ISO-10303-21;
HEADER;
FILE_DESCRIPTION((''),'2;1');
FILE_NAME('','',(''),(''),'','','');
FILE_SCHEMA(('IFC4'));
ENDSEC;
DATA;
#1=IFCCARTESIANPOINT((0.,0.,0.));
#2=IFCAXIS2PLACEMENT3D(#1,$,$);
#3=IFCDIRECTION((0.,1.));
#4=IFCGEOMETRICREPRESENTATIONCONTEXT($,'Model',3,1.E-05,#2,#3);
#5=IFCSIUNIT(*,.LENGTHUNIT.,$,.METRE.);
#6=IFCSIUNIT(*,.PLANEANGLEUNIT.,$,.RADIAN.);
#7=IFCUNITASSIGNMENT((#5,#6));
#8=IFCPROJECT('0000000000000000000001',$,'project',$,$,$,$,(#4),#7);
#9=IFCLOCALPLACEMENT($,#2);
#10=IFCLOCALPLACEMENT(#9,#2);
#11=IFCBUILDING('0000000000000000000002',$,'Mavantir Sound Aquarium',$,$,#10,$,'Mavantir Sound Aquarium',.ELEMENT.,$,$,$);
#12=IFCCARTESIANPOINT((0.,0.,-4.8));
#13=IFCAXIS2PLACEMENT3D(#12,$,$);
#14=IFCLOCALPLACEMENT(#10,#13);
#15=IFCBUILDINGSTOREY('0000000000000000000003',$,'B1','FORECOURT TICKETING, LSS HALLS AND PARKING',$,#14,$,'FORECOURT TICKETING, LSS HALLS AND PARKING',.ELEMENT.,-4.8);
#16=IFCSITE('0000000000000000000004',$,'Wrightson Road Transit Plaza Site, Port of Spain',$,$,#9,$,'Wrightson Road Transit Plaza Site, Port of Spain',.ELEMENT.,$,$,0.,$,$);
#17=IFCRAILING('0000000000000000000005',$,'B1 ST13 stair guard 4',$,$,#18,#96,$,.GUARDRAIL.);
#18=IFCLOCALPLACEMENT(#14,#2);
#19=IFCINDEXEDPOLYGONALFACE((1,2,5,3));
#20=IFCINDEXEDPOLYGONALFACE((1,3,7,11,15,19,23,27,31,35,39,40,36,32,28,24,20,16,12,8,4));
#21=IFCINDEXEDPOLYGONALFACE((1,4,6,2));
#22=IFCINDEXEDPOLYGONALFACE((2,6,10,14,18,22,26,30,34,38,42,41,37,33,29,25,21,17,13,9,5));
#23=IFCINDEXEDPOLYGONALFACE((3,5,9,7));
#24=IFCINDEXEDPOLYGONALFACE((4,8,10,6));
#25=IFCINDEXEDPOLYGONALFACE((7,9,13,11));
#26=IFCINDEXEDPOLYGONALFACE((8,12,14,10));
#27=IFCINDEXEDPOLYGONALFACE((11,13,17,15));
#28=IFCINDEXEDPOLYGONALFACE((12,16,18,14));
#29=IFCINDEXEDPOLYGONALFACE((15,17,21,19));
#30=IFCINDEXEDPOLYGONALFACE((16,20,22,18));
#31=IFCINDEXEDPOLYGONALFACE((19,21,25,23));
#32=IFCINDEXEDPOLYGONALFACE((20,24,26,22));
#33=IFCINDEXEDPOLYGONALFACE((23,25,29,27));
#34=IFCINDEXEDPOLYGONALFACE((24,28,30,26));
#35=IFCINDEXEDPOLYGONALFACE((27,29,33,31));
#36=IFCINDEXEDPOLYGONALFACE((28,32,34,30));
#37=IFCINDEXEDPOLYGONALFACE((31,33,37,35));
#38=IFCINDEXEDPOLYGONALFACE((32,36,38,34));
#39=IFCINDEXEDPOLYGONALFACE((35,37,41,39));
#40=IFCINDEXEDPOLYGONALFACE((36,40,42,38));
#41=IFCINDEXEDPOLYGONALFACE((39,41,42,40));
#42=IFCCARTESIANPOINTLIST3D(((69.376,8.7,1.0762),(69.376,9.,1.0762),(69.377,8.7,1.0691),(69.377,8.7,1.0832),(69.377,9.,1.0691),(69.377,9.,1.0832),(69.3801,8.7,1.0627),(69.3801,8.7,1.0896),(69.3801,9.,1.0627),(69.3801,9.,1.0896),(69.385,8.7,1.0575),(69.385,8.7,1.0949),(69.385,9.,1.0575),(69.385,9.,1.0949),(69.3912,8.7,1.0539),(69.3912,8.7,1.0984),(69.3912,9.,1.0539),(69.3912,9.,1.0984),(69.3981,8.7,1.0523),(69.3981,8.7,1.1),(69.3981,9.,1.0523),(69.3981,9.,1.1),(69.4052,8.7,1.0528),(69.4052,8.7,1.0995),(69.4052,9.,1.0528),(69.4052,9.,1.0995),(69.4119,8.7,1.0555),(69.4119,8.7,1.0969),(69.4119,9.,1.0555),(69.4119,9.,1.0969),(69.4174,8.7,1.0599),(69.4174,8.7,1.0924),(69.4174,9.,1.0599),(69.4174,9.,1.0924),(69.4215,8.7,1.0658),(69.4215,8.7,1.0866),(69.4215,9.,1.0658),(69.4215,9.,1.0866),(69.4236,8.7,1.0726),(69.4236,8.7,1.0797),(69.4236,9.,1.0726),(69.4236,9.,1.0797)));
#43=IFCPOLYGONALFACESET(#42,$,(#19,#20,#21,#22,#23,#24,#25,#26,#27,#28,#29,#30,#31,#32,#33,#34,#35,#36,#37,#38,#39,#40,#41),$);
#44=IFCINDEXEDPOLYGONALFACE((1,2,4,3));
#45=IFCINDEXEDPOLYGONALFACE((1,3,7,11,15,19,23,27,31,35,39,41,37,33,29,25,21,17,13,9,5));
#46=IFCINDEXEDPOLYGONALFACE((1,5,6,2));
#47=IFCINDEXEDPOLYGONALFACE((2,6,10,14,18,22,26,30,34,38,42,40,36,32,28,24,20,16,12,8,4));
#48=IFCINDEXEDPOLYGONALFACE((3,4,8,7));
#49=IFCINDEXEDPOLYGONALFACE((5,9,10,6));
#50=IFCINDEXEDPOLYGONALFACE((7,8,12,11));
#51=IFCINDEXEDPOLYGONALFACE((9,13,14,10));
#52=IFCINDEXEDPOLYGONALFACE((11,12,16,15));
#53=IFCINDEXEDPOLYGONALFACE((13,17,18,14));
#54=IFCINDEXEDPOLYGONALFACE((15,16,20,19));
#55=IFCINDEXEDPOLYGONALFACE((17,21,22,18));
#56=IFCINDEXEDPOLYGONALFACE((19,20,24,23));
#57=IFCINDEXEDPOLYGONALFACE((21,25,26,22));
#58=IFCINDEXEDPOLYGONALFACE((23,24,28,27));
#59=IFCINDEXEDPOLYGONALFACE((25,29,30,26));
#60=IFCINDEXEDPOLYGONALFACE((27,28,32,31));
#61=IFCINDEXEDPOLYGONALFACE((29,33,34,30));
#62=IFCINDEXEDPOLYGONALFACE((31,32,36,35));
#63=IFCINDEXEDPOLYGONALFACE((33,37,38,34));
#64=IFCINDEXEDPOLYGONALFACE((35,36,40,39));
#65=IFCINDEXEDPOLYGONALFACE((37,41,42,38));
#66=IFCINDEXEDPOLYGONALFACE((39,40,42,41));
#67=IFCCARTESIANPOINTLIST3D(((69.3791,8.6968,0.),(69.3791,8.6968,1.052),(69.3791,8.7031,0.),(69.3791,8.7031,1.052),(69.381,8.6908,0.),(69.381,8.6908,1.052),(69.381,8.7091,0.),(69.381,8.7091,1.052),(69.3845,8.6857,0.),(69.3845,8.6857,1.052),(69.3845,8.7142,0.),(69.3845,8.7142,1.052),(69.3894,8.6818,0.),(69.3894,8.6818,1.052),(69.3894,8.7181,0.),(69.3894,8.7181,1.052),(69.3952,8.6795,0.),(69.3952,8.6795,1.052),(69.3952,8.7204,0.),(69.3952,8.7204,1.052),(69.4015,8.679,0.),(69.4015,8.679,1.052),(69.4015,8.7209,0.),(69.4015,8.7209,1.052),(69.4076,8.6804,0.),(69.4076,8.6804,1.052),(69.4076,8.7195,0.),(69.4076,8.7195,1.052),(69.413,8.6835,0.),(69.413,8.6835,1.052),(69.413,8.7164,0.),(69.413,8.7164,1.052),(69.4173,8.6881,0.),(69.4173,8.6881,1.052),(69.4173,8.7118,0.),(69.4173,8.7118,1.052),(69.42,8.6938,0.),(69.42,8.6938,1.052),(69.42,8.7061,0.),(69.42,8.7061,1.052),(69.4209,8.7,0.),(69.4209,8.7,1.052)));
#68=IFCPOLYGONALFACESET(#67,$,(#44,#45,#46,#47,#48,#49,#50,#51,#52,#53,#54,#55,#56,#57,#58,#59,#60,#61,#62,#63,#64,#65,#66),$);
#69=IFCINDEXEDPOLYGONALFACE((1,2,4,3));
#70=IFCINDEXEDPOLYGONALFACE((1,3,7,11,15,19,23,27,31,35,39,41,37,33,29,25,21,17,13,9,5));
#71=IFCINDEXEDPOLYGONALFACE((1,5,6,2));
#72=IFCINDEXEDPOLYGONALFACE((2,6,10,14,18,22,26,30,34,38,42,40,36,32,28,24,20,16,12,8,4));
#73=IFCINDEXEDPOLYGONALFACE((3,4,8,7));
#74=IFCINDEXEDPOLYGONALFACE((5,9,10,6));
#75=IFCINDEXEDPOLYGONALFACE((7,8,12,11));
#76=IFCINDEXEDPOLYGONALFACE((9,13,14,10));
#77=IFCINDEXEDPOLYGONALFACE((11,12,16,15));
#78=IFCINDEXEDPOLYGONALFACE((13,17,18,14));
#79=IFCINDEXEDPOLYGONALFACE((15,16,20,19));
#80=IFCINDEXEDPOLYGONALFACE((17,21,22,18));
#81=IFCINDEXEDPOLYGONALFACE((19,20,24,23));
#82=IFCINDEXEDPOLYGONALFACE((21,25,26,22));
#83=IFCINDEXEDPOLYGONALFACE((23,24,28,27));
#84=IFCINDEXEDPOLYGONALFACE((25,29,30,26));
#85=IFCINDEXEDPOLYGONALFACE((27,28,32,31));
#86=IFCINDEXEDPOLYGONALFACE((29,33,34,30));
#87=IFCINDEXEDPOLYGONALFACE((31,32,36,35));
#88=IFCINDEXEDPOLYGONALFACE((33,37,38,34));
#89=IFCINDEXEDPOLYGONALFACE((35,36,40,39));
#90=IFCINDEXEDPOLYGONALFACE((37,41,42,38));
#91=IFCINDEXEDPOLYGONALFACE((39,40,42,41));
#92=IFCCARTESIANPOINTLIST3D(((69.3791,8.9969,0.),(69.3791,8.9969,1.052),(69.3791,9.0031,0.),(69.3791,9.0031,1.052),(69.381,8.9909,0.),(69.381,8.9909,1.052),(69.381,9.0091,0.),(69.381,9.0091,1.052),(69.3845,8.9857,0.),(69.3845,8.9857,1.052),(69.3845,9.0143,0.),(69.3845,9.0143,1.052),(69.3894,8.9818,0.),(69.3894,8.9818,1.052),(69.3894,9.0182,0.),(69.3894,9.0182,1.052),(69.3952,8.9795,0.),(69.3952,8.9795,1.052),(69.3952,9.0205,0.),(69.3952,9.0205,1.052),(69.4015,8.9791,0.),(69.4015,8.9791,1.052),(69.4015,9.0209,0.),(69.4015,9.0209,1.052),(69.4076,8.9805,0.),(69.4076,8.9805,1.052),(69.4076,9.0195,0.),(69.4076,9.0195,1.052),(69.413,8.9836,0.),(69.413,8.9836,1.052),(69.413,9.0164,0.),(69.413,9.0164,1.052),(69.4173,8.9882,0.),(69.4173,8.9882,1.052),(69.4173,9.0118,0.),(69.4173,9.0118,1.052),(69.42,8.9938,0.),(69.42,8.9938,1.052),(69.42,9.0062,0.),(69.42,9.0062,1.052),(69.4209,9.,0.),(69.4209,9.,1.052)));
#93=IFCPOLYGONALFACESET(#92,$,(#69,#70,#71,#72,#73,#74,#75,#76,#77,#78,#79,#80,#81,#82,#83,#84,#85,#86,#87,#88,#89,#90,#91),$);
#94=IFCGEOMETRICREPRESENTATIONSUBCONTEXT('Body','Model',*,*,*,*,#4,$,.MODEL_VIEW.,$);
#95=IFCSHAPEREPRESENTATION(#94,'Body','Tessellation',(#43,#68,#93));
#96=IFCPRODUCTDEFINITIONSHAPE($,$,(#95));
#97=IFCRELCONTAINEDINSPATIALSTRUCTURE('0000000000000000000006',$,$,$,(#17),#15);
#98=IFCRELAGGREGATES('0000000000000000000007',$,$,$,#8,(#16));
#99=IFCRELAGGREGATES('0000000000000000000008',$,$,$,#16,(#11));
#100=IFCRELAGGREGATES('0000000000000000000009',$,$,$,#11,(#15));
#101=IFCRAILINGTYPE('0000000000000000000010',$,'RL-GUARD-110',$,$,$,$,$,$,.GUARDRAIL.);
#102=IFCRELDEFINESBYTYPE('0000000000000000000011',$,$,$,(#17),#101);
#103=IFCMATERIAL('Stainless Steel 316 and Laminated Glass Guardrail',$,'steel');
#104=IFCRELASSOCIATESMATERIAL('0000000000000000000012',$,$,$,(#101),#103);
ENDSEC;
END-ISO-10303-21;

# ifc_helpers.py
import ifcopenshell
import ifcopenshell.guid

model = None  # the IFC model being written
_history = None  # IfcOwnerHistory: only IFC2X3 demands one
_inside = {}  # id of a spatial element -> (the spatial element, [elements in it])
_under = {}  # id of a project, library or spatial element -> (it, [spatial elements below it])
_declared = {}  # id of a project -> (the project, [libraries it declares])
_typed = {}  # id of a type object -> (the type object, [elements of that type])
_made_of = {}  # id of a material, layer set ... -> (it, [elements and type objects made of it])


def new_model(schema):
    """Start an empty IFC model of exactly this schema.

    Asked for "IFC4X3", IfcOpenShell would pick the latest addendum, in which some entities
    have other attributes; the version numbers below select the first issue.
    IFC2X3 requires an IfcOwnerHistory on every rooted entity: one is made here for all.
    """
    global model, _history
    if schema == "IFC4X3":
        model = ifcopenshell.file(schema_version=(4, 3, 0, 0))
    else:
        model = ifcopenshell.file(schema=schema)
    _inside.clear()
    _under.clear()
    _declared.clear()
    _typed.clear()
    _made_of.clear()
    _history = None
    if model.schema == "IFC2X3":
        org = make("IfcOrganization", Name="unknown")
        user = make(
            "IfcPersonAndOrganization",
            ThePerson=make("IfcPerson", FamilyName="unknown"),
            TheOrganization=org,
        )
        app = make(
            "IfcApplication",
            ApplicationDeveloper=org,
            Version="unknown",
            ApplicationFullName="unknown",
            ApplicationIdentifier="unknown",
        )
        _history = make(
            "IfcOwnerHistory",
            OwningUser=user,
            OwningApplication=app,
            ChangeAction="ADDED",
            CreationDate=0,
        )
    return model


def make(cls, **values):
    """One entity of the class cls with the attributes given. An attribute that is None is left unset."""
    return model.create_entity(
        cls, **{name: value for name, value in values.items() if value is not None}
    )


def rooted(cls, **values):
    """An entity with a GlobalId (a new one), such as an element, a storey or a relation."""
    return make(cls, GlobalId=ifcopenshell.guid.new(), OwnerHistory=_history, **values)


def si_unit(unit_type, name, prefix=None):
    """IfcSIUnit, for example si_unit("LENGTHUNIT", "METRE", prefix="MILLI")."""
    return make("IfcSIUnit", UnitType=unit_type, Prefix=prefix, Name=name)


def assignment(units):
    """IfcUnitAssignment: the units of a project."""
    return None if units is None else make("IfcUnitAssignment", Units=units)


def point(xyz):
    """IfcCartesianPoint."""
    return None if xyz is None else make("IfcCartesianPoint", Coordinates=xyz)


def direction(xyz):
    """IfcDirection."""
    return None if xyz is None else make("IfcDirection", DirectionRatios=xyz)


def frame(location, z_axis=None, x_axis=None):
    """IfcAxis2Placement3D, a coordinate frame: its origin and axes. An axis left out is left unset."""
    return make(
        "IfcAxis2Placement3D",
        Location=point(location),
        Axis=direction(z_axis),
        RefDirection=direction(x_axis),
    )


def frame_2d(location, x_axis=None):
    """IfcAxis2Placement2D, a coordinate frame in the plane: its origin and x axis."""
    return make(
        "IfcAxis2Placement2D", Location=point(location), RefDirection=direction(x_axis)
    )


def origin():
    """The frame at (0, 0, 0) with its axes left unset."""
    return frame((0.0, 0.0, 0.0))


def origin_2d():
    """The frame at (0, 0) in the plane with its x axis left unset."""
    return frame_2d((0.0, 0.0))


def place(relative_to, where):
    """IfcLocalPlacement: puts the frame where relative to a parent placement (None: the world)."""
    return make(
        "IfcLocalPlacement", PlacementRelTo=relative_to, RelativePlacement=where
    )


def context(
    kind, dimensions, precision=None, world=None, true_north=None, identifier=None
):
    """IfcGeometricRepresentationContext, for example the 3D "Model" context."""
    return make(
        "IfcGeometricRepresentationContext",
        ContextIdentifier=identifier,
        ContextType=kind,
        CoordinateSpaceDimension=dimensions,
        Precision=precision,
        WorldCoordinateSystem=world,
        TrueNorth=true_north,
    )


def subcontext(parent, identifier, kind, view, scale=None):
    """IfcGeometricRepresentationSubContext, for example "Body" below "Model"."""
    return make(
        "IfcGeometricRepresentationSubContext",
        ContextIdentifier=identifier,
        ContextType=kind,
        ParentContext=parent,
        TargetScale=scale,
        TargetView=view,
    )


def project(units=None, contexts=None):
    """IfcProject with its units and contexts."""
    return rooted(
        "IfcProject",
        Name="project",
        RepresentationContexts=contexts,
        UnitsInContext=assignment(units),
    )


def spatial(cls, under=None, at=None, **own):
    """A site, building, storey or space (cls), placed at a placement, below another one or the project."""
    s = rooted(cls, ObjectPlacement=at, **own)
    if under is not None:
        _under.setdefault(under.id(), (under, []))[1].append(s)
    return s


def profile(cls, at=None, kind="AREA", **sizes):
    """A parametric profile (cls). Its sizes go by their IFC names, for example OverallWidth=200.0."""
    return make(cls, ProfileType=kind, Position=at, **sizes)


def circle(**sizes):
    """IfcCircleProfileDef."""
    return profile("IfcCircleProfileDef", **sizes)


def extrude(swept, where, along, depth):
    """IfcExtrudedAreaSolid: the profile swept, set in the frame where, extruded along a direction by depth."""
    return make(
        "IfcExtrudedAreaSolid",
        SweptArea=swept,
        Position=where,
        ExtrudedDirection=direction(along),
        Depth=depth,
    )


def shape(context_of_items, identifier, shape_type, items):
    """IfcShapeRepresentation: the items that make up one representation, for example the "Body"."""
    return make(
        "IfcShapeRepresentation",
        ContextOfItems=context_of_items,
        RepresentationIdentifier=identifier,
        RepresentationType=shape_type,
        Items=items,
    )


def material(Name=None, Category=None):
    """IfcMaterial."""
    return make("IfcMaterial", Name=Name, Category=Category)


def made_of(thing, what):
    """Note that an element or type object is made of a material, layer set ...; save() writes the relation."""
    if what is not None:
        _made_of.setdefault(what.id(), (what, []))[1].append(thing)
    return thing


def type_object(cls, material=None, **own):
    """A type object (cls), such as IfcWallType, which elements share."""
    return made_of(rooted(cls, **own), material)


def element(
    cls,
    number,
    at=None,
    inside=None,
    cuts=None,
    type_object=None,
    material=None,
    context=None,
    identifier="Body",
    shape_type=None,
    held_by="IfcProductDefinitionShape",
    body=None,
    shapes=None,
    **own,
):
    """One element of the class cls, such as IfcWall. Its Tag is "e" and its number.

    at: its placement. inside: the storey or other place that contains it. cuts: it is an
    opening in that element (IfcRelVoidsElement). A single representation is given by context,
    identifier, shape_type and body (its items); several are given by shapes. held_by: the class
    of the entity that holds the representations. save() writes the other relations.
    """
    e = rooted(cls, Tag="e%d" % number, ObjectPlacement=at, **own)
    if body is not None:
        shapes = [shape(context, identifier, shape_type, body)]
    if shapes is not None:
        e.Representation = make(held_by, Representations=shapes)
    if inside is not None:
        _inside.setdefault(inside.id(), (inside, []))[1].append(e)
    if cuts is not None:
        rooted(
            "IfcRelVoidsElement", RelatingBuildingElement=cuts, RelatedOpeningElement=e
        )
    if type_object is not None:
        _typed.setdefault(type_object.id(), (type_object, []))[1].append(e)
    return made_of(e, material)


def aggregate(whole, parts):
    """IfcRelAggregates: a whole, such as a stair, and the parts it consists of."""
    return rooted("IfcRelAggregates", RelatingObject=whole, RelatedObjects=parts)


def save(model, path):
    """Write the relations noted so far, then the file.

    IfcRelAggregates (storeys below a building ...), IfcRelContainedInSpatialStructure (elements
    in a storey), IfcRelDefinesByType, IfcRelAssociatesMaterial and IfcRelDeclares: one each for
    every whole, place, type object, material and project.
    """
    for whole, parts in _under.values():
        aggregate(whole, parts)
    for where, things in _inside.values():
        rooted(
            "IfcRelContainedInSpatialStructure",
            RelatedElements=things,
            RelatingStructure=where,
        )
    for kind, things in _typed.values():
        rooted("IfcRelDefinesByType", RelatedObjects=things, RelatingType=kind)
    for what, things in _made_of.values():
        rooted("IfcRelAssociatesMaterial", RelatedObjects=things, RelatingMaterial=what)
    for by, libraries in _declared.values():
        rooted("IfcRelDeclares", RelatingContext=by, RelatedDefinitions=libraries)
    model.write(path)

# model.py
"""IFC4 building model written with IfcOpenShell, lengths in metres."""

from ifc_helpers import new_model, si_unit, direction, frame, origin, origin_2d, place, context, subcontext, project, spatial, circle, extrude, material, type_object, element, save


model = new_model("IFC4")

# Units and contexts
model_context = context("Model", 3, precision=1e-05, world=origin(), true_north=direction((0.0, 1.0)))
body_context = subcontext(model_context, "Body", "Model", "MODEL_VIEW")
ifc_project = project(units=[si_unit("LENGTHUNIT", "METRE"), si_unit("PLANEANGLEUNIT", "RADIAN")], contexts=[model_context])

# Site, building, storey
site_placement = place(None, origin())
site = spatial("IfcSite", under=ifc_project, at=site_placement, Name="Wrightson Road Transit Plaza Site, Port of Spain", LongName="Wrightson Road Transit Plaza Site, Port of Spain", CompositionType="ELEMENT", RefElevation=0.0)
building_placement = place(site_placement, origin())
building = spatial("IfcBuilding", under=site, at=building_placement, Name="Mavantir Sound Aquarium", LongName="Mavantir Sound Aquarium", CompositionType="ELEMENT")
storey_placement = place(building_placement, frame((0.0, 0.0, -4.8)))
storey = spatial("IfcBuildingStorey", under=building, at=storey_placement, Name="B1", Description="FORECOURT TICKETING, LSS HALLS AND PARKING", LongName="FORECOURT TICKETING, LSS HALLS AND PARKING", CompositionType="ELEMENT", Elevation=-4.8)

# Railing
ifc_material_1 = material(Name="Stainless Steel 316 and Laminated Glass Guardrail", Category="steel")
railing_type_1 = type_object("IfcRailingType", Name="RL-GUARD-110", PredefinedType="GUARDRAIL", material=ifc_material_1)
railing_1_placement = place(storey_placement, frame((69.3999, 8.7, 0.0)))
element("IfcRailing", 1, at=railing_1_placement, inside=storey, type_object=railing_type_1, Name="B1 ST13 stair guard 4", PredefinedType="GUARDRAIL", context=body_context, shape_type="SweptSolid", body=[
    extrude(circle(Radius=0.0239, at=origin_2d()), frame((0.0, 0.0, 1.0762), z_axis=(0.0, 1.0, 0.0), x_axis=(-1.0, 0.0, 0.0)), (0.0, 0.0, 1.0), 0.3),
    extrude(circle(Radius=0.021, at=origin_2d()), origin(), (0.0, 0.0, 1.0), 1.052),
    extrude(circle(Radius=0.021, at=origin_2d()), frame((0.0, 0.3, 0.0)), (0.0, 0.0, 1.0), 1.052),
])

save(model, "model.ifc")
